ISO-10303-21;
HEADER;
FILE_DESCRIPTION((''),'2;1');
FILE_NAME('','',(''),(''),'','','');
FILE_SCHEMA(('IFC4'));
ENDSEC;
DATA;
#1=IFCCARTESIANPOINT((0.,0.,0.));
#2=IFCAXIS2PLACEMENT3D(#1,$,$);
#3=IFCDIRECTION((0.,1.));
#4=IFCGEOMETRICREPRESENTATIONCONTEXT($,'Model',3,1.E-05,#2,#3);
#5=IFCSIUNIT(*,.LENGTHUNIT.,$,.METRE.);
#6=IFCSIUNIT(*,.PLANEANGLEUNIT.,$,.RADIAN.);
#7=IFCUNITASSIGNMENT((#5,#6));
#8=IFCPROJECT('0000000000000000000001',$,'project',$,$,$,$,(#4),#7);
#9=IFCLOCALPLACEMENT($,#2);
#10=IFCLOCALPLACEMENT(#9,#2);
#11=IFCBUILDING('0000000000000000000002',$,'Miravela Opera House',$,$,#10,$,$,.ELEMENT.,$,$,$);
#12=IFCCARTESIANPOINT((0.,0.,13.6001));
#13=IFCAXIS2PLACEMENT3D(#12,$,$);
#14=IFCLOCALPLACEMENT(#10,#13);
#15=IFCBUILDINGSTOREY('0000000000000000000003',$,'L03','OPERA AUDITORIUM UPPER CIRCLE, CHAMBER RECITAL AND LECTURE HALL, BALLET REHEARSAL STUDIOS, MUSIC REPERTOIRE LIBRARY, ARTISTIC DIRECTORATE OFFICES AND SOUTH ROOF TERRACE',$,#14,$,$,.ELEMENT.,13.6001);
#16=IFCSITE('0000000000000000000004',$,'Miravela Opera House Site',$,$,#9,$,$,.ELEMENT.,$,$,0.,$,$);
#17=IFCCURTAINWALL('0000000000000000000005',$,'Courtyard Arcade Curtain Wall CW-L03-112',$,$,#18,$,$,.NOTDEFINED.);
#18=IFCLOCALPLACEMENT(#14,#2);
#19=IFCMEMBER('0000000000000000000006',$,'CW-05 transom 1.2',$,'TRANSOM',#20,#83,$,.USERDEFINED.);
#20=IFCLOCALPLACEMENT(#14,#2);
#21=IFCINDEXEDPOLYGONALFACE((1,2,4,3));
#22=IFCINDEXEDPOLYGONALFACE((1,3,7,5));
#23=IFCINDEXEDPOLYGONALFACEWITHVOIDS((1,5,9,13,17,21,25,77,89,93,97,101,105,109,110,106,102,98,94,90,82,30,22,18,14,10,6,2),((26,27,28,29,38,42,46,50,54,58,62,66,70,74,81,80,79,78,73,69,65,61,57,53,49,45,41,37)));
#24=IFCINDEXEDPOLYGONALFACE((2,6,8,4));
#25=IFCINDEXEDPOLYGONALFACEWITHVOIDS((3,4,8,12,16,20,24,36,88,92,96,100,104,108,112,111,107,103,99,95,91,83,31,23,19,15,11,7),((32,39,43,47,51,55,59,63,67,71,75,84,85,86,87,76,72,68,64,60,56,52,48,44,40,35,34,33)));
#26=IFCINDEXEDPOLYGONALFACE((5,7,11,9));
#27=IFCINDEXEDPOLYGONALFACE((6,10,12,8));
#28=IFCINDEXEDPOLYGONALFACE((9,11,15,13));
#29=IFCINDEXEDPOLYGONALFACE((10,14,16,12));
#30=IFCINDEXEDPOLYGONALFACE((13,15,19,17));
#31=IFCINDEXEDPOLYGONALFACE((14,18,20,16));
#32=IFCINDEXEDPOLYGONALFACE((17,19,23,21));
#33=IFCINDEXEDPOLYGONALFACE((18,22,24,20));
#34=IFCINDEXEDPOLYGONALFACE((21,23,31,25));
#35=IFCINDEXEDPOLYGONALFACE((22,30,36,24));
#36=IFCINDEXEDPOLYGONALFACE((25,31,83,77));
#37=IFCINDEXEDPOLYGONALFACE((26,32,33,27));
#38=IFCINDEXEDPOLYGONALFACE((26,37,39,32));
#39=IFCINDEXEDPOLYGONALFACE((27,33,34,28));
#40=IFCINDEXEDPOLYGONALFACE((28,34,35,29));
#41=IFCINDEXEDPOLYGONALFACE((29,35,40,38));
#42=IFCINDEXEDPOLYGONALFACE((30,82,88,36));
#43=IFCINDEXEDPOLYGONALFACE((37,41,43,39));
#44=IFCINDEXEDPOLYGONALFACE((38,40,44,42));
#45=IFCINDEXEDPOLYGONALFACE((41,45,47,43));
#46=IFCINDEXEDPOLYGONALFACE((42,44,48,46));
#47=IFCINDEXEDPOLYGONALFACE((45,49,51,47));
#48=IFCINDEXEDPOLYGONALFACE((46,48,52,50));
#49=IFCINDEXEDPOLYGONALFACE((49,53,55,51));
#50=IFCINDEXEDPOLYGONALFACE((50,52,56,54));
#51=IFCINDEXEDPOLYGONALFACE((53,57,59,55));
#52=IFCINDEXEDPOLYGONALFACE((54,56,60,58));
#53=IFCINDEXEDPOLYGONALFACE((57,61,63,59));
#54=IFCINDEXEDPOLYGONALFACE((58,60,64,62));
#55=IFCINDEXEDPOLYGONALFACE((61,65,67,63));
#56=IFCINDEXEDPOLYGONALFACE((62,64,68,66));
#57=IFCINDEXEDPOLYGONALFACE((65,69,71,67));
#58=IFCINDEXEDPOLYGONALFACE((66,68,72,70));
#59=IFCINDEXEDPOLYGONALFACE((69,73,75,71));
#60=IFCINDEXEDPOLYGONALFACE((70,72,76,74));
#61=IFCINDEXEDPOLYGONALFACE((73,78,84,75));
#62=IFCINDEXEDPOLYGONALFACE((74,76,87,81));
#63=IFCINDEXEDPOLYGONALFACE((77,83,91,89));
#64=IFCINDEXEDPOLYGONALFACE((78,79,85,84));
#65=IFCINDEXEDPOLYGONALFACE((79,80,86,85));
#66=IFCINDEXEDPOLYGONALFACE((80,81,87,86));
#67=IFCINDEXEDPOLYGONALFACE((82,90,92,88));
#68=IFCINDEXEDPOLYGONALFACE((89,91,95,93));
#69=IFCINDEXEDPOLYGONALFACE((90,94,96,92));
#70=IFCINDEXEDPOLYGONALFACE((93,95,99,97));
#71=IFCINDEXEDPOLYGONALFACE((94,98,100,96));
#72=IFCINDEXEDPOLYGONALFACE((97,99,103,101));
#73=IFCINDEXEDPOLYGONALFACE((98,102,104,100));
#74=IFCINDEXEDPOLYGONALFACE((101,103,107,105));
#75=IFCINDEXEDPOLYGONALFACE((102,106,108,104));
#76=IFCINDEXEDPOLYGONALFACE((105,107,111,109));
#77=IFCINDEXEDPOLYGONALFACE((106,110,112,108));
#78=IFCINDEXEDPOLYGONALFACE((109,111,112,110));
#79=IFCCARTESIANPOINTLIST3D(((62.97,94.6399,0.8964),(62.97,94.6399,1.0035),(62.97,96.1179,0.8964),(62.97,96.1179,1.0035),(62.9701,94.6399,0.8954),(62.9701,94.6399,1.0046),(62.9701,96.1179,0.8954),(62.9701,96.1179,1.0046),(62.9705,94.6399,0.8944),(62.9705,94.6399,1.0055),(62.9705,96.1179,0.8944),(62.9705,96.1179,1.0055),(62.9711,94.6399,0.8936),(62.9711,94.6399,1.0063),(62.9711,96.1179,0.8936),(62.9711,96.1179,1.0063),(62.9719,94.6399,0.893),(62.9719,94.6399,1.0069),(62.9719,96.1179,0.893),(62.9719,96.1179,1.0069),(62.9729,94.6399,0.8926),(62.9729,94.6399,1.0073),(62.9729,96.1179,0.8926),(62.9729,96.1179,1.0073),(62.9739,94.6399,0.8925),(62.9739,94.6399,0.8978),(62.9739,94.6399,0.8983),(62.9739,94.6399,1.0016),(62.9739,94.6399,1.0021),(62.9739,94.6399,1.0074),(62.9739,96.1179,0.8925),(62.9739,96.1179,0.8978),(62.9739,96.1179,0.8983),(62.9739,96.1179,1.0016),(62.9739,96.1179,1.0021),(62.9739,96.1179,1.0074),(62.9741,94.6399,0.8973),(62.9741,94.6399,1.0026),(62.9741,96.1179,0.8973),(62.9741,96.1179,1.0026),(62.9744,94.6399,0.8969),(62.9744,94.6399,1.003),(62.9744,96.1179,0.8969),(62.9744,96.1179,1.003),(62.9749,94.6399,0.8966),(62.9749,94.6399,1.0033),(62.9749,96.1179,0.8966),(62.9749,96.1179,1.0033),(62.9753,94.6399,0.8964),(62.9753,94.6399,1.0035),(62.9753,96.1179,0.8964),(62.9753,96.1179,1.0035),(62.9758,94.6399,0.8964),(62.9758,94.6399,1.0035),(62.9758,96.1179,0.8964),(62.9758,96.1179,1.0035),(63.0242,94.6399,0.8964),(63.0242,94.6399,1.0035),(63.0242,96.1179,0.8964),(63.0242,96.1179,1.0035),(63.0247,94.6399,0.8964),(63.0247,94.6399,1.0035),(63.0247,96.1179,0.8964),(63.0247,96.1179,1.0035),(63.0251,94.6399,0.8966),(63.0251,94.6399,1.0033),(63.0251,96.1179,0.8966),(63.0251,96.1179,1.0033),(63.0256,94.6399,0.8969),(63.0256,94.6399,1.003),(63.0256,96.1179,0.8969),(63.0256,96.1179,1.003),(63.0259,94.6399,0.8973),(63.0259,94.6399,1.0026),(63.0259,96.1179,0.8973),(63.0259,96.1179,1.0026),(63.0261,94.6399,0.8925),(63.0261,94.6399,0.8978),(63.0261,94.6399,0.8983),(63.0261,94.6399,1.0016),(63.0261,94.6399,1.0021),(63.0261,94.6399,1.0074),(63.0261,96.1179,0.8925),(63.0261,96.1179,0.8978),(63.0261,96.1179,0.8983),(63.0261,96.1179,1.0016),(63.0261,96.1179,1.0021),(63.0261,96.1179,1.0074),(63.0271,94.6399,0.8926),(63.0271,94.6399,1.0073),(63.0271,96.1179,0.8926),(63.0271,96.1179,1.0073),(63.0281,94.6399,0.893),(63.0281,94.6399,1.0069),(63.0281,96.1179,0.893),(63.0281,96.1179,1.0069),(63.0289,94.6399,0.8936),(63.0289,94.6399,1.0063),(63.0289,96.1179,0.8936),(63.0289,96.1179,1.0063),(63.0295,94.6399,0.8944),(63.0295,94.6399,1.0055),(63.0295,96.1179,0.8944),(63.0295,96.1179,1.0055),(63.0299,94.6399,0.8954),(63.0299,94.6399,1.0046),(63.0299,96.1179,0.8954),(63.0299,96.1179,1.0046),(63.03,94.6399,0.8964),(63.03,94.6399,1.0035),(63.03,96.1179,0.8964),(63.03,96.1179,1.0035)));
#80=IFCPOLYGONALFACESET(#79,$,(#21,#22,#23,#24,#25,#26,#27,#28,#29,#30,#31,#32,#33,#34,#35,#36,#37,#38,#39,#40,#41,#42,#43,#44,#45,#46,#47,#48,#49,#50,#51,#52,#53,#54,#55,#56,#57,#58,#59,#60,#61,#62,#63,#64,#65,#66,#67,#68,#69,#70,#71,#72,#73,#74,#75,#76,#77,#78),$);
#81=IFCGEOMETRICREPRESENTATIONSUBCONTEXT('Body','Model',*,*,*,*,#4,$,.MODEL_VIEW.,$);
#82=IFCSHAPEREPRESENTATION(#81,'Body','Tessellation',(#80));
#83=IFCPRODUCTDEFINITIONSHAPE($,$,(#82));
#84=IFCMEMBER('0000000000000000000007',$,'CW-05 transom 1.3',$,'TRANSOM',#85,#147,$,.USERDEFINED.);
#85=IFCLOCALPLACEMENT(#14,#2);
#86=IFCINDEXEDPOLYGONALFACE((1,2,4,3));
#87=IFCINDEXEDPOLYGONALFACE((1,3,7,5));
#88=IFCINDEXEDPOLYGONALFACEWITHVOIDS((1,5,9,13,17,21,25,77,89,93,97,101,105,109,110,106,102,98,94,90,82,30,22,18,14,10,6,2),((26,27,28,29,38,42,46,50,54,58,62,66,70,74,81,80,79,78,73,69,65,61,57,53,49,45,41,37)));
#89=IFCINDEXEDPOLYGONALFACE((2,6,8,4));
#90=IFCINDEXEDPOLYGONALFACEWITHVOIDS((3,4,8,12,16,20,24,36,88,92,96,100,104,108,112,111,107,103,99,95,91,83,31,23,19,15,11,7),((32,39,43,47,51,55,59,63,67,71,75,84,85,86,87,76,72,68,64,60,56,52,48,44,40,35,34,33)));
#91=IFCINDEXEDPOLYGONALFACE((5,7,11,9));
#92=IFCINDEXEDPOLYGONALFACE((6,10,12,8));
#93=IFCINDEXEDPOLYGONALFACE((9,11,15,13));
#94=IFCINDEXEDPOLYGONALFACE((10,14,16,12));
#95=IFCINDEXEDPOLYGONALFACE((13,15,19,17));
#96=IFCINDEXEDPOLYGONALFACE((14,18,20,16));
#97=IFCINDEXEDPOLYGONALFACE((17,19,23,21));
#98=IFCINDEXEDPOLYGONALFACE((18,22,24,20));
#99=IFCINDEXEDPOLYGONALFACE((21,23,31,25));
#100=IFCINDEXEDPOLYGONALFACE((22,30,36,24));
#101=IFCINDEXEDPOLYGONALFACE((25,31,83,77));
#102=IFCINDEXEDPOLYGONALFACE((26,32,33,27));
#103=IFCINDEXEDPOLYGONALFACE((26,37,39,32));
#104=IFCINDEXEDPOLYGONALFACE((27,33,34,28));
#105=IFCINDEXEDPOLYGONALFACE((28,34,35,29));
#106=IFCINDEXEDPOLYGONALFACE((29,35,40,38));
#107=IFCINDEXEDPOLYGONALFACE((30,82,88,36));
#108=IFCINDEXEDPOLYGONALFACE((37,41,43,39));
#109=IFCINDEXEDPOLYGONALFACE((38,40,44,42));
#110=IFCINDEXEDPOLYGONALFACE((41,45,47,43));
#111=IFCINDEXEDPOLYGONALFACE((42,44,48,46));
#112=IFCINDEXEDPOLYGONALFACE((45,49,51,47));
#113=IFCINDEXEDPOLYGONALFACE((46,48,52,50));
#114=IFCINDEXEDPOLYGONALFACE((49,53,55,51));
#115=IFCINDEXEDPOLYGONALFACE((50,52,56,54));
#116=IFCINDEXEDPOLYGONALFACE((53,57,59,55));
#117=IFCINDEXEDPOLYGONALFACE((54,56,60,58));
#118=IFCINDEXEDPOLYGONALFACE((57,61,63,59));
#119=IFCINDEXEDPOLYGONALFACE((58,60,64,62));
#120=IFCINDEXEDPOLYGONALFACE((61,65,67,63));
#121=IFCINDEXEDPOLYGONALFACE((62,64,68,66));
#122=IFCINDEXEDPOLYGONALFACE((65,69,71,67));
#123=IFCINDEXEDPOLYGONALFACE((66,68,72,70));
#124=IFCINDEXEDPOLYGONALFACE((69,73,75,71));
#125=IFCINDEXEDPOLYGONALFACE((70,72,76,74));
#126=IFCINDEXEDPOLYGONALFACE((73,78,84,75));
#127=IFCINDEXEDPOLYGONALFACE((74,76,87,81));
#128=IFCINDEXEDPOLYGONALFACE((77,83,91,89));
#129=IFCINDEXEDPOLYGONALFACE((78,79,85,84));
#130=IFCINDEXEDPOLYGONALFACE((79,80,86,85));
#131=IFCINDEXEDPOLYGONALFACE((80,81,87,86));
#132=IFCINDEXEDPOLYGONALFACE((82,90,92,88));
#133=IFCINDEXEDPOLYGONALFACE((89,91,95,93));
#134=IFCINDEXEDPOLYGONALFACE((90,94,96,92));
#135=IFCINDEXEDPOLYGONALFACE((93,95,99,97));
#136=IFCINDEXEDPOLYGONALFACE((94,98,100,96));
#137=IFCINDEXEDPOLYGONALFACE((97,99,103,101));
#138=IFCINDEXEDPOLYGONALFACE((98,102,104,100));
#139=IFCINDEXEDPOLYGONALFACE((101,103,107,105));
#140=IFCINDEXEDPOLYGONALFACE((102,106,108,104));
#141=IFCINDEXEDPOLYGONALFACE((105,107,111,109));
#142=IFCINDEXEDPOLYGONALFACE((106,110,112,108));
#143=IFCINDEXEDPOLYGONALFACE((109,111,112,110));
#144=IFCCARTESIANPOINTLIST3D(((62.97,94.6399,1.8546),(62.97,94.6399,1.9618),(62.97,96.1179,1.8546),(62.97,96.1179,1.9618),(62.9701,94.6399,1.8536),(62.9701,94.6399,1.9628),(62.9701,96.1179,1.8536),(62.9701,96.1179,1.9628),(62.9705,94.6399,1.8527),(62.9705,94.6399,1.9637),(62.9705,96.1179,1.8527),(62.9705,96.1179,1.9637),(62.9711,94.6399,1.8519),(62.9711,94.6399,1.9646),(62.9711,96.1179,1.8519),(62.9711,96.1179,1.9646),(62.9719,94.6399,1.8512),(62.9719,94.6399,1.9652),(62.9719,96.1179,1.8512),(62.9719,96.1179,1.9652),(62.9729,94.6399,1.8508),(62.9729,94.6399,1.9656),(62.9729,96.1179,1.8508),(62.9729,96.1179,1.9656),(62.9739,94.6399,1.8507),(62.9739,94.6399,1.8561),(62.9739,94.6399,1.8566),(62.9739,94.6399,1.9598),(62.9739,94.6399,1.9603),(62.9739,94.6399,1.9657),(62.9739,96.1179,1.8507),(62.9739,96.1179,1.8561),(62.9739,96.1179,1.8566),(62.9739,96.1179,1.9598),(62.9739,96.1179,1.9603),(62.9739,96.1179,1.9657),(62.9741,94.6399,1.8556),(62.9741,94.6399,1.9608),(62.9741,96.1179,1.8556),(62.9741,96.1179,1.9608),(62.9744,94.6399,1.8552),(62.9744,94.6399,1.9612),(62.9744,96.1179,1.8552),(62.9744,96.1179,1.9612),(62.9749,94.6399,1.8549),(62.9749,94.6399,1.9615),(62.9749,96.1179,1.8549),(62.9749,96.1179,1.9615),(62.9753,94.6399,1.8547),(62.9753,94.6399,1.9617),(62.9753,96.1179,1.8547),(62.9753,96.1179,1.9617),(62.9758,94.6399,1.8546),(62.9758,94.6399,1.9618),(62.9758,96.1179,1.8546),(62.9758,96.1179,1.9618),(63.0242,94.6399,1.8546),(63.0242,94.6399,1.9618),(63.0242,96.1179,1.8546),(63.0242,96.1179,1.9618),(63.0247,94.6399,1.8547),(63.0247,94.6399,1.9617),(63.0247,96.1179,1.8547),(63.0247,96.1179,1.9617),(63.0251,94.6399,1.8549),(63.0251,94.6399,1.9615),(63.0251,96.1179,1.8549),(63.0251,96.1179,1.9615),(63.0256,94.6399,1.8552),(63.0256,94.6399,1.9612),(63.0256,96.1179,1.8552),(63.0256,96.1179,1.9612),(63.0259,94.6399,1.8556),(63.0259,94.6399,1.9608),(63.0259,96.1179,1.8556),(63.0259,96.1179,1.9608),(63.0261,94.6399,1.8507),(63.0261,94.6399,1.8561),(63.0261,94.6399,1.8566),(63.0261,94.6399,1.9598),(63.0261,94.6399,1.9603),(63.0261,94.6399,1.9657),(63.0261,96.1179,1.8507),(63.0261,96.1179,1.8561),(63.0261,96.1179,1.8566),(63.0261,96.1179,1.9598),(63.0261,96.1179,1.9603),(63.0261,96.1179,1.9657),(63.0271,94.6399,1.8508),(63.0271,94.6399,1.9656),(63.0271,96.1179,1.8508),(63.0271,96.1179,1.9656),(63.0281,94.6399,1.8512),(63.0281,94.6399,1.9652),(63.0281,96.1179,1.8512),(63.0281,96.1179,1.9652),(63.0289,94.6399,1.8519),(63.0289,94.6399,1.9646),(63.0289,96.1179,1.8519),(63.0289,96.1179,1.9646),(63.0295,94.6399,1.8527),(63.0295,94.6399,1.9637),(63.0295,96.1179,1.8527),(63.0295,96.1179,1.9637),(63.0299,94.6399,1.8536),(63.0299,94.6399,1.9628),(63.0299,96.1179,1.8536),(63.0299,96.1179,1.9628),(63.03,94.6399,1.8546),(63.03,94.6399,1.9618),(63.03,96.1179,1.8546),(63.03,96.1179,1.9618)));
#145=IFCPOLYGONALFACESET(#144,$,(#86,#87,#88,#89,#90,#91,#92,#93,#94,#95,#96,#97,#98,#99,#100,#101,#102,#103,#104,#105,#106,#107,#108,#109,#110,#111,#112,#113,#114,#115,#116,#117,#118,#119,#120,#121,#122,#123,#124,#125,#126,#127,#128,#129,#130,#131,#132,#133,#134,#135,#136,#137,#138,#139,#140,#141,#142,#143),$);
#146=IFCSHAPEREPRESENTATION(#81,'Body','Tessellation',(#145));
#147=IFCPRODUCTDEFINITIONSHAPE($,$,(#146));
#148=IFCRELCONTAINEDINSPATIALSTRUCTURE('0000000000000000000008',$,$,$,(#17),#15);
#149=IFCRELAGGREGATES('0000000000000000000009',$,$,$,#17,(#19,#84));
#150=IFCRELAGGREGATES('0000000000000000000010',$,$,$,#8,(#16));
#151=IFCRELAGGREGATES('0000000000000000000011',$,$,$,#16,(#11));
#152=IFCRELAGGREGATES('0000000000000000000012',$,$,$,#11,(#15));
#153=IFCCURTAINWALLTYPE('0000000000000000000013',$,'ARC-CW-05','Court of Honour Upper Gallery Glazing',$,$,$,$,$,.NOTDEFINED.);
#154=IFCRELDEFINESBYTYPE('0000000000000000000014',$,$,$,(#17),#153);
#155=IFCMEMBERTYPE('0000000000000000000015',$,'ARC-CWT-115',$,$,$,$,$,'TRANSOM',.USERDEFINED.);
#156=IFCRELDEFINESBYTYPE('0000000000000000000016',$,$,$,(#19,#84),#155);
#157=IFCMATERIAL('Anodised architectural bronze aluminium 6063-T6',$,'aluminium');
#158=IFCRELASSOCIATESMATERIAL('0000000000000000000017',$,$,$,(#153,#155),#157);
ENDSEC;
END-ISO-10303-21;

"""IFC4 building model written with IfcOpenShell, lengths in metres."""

from ifc_helpers import new_model, si_unit, direction, frame, origin, origin_2d, place, context, subcontext, project, spatial, hollow_rectangle, extrude, material, material_profile, profile_set, type_object, element, aggregate, save


model = new_model("IFC4")

# Units and contexts
model_context = context("Model", 3, precision=1e-05, world=origin(), true_north=direction((0.0, 1.0)))
body_context = subcontext(model_context, "Body", "Model", "MODEL_VIEW")
ifc_project = project(units=[si_unit("LENGTHUNIT", "METRE"), si_unit("PLANEANGLEUNIT", "RADIAN")], contexts=[model_context])

# Site, building, storey
site_placement = place(None, origin())
site = spatial("IfcSite", under=ifc_project, at=site_placement, Name="Miravela Opera House Site", CompositionType="ELEMENT", RefElevation=0.0)
building_placement = place(site_placement, origin())
building = spatial("IfcBuilding", under=site, at=building_placement, Name="Miravela Opera House", CompositionType="ELEMENT")
storey_placement = place(building_placement, frame((0.0, 0.0, 13.6001)))
storey = spatial("IfcBuildingStorey", under=building, at=storey_placement, Name="L03", Description="OPERA AUDITORIUM UPPER CIRCLE, CHAMBER RECITAL AND LECTURE HALL, BALLET REHEARSAL STUDIOS, MUSIC REPERTOIRE LIBRARY, ARTISTIC DIRECTORATE OFFICES AND SOUTH ROOF TERRACE", CompositionType="ELEMENT", Elevation=13.6001)

# Shared definitions
ifc_material_1 = material(Name="Anodised architectural bronze aluminium 6063-T6", Category="aluminium")
curtain_wall_type = type_object("IfcCurtainWallType", Name="ARC-CW-05", Description="Court of Honour Upper Gallery Glazing", PredefinedType="NOTDEFINED", material=ifc_material_1)

# Curtain wall, members
curtain_wall_1_placement = place(storey_placement, origin())
curtain_wall_1 = element("IfcCurtainWall", 1, at=curtain_wall_1_placement, inside=storey, type_object=curtain_wall_type, Name="Courtyard Arcade Curtain Wall CW-L03-112", PredefinedType="NOTDEFINED")
ifc_material_profile_1 = material_profile(ifc_material_1, hollow_rectangle(XDim=0.0601, YDim=0.115, WallThickness=0.0039, InnerFilletRadius=0.002, OuterFilletRadius=0.0039, at=origin_2d()), Name="CWT-60X115")
ifc_profile_set_1 = profile_set([ifc_material_profile_1])
member_type_1 = type_object("IfcMemberType", Name="ARC-CWT-115", ElementType="TRANSOM", PredefinedType="USERDEFINED", material=ifc_profile_set_1)
member_1_placement = place(storey_placement, frame((63.0, 94.6399, 0.95), z_axis=(0.0, 1.0, 0.0), x_axis=(-1.0, 0.0, 0.0)))
member_1 = element("IfcMember", 2, at=member_1_placement, type_object=member_type_1, Name="CW-05 transom 1.2", ObjectType="TRANSOM", PredefinedType="USERDEFINED", context=body_context, shape_type="SweptSolid", body=[
    extrude(hollow_rectangle(XDim=0.0601, YDim=0.115, WallThickness=0.0039, InnerFilletRadius=0.002, OuterFilletRadius=0.0039, at=origin_2d()), origin(), (0.0, 0.0, 1.0), 1.478),
])
member_2_placement = place(storey_placement, frame((63.0, 94.6399, 1.9082), z_axis=(0.0, 1.0, 0.0), x_axis=(-1.0, 0.0, 0.0)))
member_2 = element("IfcMember", 3, at=member_2_placement, type_object=member_type_1, Name="CW-05 transom 1.3", ObjectType="TRANSOM", PredefinedType="USERDEFINED", context=body_context, shape_type="SweptSolid", body=[
    extrude(hollow_rectangle(XDim=0.0601, YDim=0.115, WallThickness=0.0039, InnerFilletRadius=0.002, OuterFilletRadius=0.0039, at=origin_2d()), origin(), (0.0, 0.0, 1.0), 1.478),
])

aggregate(curtain_wall_1, [member_1, member_2])

save(model, "model.ifc")
